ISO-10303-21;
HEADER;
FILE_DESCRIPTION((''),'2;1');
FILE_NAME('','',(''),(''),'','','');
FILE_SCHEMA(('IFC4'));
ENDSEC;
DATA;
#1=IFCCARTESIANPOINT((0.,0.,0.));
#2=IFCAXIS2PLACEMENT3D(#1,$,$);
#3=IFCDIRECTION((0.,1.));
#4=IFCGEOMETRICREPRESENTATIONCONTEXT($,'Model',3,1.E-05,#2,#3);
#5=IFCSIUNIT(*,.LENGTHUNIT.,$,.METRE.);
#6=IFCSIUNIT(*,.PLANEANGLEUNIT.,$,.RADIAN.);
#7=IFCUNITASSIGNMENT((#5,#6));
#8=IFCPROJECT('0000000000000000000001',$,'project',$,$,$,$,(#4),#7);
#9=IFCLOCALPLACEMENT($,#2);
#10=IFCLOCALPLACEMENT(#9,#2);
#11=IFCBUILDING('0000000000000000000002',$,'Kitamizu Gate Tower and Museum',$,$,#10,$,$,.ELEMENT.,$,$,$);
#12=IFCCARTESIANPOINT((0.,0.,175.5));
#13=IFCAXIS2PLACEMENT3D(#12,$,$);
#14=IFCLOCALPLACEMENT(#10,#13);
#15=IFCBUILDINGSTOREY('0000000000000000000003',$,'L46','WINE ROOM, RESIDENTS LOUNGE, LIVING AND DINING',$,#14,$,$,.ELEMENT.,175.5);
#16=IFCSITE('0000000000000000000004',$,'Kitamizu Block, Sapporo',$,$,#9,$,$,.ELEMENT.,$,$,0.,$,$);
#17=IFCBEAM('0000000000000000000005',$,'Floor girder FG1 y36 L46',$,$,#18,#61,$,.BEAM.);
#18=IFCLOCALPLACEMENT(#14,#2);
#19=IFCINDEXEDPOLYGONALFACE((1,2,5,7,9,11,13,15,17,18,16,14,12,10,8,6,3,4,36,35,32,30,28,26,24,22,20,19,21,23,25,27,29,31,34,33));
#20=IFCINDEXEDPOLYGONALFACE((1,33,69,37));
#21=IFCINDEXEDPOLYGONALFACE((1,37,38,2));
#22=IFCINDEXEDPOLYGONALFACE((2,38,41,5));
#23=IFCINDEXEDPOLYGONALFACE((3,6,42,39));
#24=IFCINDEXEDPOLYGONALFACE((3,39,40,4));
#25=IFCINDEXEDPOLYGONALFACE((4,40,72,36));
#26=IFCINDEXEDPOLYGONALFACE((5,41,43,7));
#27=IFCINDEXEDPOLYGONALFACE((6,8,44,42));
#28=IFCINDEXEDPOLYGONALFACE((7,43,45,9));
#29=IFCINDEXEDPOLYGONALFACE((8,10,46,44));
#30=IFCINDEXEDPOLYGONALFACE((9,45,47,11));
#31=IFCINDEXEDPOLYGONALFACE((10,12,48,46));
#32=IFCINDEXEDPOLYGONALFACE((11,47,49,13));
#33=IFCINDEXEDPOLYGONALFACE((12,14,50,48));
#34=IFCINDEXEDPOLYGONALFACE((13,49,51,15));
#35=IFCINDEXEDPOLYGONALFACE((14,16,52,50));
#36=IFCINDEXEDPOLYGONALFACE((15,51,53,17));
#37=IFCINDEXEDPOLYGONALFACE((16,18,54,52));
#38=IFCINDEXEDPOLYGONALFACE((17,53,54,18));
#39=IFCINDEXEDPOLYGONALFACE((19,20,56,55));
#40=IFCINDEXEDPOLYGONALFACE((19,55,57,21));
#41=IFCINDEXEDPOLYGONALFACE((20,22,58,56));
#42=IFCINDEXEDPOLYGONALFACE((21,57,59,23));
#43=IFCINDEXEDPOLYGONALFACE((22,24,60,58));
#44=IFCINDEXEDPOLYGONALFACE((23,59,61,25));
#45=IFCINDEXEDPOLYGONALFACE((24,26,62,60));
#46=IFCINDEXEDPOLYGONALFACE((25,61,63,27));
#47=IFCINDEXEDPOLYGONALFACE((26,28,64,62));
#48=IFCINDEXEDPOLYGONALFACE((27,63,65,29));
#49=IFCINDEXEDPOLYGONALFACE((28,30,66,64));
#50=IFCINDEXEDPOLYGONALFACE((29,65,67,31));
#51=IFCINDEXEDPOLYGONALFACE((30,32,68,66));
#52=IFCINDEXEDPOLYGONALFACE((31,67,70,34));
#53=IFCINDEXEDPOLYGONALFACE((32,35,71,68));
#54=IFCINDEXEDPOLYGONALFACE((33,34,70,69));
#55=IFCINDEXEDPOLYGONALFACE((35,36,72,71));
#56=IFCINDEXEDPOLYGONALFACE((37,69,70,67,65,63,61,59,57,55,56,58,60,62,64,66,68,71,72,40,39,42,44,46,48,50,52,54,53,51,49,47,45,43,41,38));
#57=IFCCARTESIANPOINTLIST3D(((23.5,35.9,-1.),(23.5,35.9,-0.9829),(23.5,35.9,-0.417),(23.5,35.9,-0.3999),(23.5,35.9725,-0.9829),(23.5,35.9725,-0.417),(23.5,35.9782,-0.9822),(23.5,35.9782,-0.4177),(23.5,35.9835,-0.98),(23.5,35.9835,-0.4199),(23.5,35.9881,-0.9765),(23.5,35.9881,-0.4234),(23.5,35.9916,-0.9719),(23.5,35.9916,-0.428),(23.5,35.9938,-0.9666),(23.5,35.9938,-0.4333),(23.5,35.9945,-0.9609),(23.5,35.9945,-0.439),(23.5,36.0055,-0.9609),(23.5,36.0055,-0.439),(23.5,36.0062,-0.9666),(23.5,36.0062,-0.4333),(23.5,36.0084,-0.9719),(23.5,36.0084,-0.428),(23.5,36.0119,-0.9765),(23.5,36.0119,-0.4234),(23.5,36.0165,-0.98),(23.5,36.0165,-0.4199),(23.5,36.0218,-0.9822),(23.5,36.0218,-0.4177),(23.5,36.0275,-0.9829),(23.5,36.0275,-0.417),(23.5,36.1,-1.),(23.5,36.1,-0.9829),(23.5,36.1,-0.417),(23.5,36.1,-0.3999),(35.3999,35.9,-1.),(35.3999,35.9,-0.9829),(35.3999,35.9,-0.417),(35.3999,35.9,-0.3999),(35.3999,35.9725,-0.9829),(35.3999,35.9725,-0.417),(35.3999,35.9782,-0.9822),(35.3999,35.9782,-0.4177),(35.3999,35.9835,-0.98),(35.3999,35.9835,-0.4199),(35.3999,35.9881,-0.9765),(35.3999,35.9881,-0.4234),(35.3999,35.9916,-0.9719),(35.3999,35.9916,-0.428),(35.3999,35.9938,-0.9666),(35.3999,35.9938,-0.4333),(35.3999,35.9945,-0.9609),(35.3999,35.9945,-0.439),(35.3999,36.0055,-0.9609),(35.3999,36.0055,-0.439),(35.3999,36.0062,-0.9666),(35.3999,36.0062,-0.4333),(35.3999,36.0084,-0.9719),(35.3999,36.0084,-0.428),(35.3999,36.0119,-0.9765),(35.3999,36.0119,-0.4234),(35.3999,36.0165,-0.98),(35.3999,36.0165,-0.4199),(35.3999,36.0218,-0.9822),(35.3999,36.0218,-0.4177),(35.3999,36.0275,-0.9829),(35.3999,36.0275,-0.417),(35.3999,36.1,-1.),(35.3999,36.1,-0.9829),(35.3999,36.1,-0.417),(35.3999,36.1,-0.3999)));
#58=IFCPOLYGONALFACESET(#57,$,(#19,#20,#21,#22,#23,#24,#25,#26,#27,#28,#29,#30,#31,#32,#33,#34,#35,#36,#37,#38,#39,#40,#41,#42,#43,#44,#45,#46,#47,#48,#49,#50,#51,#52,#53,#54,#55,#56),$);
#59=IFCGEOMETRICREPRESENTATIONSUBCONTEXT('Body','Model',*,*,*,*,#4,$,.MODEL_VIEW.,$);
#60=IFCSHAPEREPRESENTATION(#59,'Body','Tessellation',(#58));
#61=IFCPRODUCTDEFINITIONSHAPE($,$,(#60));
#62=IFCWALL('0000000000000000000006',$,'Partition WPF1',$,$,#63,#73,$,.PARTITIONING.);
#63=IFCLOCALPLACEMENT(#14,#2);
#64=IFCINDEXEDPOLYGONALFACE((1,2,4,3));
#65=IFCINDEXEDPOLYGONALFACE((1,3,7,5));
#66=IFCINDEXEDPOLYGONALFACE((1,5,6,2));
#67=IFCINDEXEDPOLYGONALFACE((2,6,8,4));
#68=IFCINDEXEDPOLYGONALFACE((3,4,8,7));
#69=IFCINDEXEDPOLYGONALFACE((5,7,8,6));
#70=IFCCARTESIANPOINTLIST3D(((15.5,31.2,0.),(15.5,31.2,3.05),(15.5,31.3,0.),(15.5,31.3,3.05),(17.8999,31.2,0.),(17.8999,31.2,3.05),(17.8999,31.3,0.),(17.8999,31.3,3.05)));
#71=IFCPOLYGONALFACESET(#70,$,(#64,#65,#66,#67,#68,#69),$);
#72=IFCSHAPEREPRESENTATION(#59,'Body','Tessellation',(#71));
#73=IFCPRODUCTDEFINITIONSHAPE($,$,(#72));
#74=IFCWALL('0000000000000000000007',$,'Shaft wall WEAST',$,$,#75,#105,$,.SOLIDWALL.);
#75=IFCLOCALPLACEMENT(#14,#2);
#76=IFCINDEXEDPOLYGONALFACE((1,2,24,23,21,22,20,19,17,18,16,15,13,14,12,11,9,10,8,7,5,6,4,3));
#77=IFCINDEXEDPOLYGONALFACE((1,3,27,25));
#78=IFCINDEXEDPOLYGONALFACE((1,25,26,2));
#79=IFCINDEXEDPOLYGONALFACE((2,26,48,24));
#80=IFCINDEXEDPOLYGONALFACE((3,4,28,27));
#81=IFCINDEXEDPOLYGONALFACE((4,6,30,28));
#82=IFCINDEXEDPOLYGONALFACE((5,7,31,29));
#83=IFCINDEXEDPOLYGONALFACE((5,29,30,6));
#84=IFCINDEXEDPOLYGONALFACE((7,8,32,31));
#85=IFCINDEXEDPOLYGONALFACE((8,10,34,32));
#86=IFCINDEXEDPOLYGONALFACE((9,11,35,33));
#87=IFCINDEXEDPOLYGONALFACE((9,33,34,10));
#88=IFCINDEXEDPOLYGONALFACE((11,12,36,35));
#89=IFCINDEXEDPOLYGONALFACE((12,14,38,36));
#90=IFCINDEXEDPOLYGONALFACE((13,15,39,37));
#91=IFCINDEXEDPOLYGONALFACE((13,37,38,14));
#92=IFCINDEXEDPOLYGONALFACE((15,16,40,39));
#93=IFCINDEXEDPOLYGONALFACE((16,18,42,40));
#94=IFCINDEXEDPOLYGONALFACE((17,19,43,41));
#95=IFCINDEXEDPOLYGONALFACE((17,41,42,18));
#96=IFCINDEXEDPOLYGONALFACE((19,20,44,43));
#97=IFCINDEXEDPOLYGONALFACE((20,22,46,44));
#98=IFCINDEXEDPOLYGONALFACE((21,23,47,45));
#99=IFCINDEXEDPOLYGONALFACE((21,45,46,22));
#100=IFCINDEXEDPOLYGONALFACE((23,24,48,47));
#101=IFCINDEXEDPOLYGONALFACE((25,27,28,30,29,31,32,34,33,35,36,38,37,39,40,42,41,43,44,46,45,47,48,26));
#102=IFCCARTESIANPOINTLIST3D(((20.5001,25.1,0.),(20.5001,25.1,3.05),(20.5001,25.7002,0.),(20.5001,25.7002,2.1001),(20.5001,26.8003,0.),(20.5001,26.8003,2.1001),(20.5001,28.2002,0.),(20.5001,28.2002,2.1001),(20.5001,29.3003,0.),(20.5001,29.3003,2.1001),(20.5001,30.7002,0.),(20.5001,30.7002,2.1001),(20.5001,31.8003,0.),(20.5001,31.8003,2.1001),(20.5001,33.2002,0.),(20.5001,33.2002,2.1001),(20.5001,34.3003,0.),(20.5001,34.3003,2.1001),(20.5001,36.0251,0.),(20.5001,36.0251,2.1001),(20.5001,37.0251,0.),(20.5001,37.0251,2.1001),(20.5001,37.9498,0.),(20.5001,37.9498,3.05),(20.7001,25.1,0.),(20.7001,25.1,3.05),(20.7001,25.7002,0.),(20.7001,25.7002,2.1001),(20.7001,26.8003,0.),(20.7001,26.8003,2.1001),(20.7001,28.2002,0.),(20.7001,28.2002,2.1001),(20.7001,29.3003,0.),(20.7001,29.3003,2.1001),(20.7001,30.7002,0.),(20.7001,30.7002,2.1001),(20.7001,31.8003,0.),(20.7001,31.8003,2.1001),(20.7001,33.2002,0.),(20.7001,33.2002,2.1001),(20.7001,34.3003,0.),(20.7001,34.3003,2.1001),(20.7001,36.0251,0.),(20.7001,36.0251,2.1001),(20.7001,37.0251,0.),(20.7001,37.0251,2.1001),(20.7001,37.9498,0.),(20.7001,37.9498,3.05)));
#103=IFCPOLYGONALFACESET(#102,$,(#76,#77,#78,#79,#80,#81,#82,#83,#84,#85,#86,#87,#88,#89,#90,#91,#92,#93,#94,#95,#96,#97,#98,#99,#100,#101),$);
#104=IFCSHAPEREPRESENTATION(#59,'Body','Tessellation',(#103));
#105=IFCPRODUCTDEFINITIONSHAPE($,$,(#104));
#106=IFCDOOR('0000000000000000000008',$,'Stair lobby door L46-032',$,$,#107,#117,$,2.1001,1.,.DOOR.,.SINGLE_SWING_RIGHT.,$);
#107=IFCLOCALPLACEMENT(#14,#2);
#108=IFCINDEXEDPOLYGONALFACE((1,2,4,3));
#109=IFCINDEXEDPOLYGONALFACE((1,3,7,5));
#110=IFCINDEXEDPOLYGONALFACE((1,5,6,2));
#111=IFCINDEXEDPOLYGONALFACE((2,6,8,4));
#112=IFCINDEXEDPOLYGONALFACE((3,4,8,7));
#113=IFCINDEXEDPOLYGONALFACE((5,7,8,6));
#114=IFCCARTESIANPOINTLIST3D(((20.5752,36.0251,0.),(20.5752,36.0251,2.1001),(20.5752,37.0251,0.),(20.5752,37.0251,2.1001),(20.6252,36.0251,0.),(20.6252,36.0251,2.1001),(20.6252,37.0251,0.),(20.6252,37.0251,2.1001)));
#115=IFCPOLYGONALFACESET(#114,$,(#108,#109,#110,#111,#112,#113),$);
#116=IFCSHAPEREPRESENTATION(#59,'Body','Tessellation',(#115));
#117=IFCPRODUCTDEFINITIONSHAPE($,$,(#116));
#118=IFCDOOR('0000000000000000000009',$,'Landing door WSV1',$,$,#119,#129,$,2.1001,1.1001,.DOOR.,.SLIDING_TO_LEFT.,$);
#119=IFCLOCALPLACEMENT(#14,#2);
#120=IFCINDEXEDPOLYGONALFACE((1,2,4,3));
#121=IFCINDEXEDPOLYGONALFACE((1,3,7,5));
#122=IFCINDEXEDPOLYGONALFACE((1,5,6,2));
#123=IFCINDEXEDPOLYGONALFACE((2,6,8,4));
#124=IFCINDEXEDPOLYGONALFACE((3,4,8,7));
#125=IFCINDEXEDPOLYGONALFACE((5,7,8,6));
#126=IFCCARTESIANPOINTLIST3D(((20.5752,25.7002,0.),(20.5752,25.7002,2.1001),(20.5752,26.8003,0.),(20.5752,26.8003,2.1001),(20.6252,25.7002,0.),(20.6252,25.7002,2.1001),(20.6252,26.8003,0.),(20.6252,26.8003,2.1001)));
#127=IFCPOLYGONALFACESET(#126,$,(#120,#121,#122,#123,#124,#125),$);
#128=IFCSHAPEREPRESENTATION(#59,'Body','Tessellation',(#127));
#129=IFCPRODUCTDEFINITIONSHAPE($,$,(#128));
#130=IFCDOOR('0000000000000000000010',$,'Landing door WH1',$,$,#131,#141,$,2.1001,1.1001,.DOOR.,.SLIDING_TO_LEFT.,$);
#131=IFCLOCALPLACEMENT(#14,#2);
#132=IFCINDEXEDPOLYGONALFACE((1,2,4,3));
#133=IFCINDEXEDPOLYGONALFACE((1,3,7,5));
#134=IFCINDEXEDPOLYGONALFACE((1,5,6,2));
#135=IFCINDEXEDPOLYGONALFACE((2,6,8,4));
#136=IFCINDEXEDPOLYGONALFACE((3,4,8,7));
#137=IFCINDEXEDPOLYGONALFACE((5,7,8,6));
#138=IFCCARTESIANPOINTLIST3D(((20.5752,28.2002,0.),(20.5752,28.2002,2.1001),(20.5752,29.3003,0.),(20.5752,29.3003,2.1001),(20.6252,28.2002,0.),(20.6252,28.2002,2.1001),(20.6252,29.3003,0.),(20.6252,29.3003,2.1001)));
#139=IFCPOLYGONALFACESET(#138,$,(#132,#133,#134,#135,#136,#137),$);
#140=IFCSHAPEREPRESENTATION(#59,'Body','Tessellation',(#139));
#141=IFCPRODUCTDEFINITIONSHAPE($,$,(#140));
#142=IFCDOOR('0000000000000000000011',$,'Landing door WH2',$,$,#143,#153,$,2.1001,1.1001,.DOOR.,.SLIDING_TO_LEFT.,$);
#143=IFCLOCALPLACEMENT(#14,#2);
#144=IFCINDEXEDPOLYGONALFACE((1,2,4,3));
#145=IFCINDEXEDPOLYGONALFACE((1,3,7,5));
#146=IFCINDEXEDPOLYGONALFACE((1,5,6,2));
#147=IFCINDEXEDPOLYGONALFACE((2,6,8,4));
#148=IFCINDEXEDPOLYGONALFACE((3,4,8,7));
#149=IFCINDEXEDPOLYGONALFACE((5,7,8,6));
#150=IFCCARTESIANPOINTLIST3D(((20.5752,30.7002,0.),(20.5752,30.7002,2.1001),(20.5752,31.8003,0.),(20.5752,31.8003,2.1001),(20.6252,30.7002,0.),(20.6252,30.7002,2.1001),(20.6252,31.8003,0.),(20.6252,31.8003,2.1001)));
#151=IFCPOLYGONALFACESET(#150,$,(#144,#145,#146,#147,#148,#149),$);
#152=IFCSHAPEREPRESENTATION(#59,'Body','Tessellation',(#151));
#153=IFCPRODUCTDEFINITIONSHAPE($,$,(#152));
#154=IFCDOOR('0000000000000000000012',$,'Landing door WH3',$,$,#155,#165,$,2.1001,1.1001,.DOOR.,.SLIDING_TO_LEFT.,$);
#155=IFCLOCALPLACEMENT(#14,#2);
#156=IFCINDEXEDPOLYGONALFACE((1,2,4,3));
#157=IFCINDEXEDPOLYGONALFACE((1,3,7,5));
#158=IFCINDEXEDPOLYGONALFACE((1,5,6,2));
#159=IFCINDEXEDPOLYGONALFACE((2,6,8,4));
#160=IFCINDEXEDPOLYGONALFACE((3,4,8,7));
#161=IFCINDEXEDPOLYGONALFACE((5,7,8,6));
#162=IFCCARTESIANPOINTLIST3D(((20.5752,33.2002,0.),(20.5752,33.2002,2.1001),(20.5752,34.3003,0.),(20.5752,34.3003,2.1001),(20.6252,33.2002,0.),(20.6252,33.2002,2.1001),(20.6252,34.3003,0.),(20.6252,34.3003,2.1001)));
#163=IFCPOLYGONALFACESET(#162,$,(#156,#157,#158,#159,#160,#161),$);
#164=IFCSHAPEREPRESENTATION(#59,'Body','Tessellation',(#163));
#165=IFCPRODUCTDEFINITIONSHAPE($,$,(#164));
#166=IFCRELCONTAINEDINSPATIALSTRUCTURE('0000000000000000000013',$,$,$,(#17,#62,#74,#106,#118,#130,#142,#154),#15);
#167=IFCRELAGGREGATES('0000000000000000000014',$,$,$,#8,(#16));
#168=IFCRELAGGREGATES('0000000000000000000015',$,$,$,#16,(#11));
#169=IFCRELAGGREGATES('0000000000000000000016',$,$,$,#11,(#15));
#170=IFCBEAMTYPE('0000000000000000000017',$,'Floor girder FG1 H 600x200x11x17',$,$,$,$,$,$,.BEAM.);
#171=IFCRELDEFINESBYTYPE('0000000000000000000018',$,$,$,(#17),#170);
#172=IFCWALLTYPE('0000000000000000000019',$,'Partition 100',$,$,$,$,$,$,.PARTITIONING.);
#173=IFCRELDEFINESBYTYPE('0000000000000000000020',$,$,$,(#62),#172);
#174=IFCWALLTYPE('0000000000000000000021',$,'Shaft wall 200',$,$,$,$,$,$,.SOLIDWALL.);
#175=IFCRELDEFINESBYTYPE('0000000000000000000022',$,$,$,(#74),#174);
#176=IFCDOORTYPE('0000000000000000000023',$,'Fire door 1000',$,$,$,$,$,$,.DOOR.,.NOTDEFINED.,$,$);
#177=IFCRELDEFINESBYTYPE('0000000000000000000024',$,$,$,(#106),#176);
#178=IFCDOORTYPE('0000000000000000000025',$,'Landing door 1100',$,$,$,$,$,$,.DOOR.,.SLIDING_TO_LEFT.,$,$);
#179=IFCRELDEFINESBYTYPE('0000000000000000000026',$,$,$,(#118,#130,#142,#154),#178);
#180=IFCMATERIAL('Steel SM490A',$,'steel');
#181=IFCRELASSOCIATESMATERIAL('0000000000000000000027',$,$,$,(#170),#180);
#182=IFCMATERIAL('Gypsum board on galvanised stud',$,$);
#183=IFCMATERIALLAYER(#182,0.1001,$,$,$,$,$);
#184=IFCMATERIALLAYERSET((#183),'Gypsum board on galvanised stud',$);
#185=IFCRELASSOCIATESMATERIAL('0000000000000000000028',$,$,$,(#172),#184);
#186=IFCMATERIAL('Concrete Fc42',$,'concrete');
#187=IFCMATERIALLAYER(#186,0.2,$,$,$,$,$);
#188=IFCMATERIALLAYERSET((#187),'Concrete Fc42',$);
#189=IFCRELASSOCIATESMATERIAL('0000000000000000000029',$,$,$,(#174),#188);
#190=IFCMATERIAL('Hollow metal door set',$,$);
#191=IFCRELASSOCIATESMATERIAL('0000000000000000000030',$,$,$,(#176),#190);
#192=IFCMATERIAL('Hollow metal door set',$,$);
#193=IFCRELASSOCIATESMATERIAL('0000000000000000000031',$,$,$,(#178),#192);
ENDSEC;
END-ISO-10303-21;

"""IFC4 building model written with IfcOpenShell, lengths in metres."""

from ifc_helpers import new_model, si_unit, direction, frame, frame_2d, origin, origin_2d, place, context, subcontext, project, spatial, rectangle, i_section, extrude, material, layer, layer_set, material_profile, profile_set, type_object, element, fill, save


model = new_model("IFC4")

# Units and contexts
model_context = context("Model", 3, precision=1e-05, world=origin(), true_north=direction((0.0, 1.0)))
body_context = subcontext(model_context, "Body", "Model", "MODEL_VIEW")
ifc_project = project(units=[si_unit("LENGTHUNIT", "METRE"), si_unit("PLANEANGLEUNIT", "RADIAN")], contexts=[model_context])

# Site, building, storey
site_placement = place(None, origin())
site = spatial("IfcSite", under=ifc_project, at=site_placement, Name="Kitamizu Block, Sapporo", CompositionType="ELEMENT", RefElevation=0.0)
building_placement = place(site_placement, origin())
building = spatial("IfcBuilding", under=site, at=building_placement, Name="Kitamizu Gate Tower and Museum", CompositionType="ELEMENT")
storey_placement = place(building_placement, frame((0.0, 0.0, 175.5)))
storey = spatial("IfcBuildingStorey", under=building, at=storey_placement, Name="L46", Description="WINE ROOM, RESIDENTS LOUNGE, LIVING AND DINING", CompositionType="ELEMENT", Elevation=175.5)

# Beam
ifc_material_1 = material(Name="Steel SM490A", Category="steel")
ifc_material_profile = material_profile(ifc_material_1, i_section(OverallWidth=0.2, OverallDepth=0.6001, WebThickness=0.011, FlangeThickness=0.0171, FilletRadius=0.022, at=origin_2d()), Name="H-600x200x11x17")
ifc_profile_set = profile_set([ifc_material_profile], Name="Steel SM490A")
beam_type = type_object("IfcBeamType", Name="Floor girder FG1 H 600x200x11x17", PredefinedType="BEAM", material=ifc_profile_set)
beam_placement = place(storey_placement, frame((23.5, 36.0, -0.7), z_axis=(1.0, 0.0, 0.0), x_axis=(0.0, 1.0, 0.0)))
element("IfcBeam", 1, at=beam_placement, inside=storey, type_object=beam_type, Name="Floor girder FG1 y36 L46", PredefinedType="BEAM", context=body_context, shape_type="SweptSolid", body=[
    extrude(i_section(OverallWidth=0.2, OverallDepth=0.6001, WebThickness=0.011, FlangeThickness=0.0171, FilletRadius=0.022, at=origin_2d()), origin(), (0.0, 0.0, 1.0), 11.8999),
])

# Wall
ifc_material_2 = material(Name="Gypsum board on galvanised stud")
ifc_layer_1 = layer(ifc_material_2, 0.1001)
ifc_layer_set_1 = layer_set([ifc_layer_1], Name="Gypsum board on galvanised stud")
wall_type_1 = type_object("IfcWallType", Name="Partition 100", PredefinedType="PARTITIONING", material=ifc_layer_set_1)
wall_1_placement = place(storey_placement, frame((15.5, 31.25, 0.0), z_axis=(0.0, 0.0, 1.0), x_axis=(1.0, 0.0, 0.0)))
element("IfcWall", 2, at=wall_1_placement, inside=storey, type_object=wall_type_1, Name="Partition WPF1", PredefinedType="PARTITIONING", context=body_context, shape_type="SweptSolid", body=[
    extrude(rectangle(XDim=2.3999, YDim=0.1001, at=frame_2d((1.2, 0.0))), origin(), (0.0, 0.0, 1.0), 3.05),
])

# Wall, openings, doors
ifc_material_3 = material(Name="Concrete Fc42", Category="concrete")
ifc_layer_2 = layer(ifc_material_3, 0.2)
ifc_layer_set_2 = layer_set([ifc_layer_2], Name="Concrete Fc42")
wall_type_2 = type_object("IfcWallType", Name="Shaft wall 200", PredefinedType="SOLIDWALL", material=ifc_layer_set_2)
wall_2_placement = place(storey_placement, frame((20.6001, 25.1001, 0.0), z_axis=(0.0, 0.0, 1.0), x_axis=(0.0, 1.0, 0.0)))
wall_2 = element("IfcWall", 3, at=wall_2_placement, inside=storey, type_object=wall_type_2, Name="Shaft wall WEAST", PredefinedType="SOLIDWALL", context=body_context, shape_type="SweptSolid", body=[
    extrude(rectangle(XDim=12.8499, YDim=0.2, at=frame_2d((6.4248, 0.0))), origin(), (0.0, 0.0, 1.0), 3.05),
])
opening_1_placement = place(wall_2_placement, frame((0.6001, 0.0, 0.0)))
opening_1 = element("IfcOpeningElement", 4, at=opening_1_placement, cuts=wall_2, PredefinedType="OPENING", context=body_context, shape_type="SweptSolid", body=[
    extrude(rectangle(XDim=1.1001, YDim=2.1001, at=frame_2d((0.55, 1.05))), frame((0.0, 0.1099, 0.0), z_axis=(0.0, -1.0, 0.0), x_axis=(1.0, 0.0, 0.0)), (0.0, 0.0, 1.0), 0.22),
])
opening_2_placement = place(wall_2_placement, frame((3.1001, 0.0, 0.0)))
opening_2 = element("IfcOpeningElement", 5, at=opening_2_placement, cuts=wall_2, PredefinedType="OPENING", context=body_context, shape_type="SweptSolid", body=[
    extrude(rectangle(XDim=1.1001, YDim=2.1001, at=frame_2d((0.55, 1.05))), frame((0.0, 0.1099, 0.0), z_axis=(0.0, -1.0, 0.0), x_axis=(1.0, 0.0, 0.0)), (0.0, 0.0, 1.0), 0.22),
])
opening_3_placement = place(wall_2_placement, frame((5.6001, 0.0, 0.0)))
opening_3 = element("IfcOpeningElement", 6, at=opening_3_placement, cuts=wall_2, PredefinedType="OPENING", context=body_context, shape_type="SweptSolid", body=[
    extrude(rectangle(XDim=1.1001, YDim=2.1001, at=frame_2d((0.55, 1.05))), frame((0.0, 0.1099, 0.0), z_axis=(0.0, -1.0, 0.0), x_axis=(1.0, 0.0, 0.0)), (0.0, 0.0, 1.0), 0.22),
])
opening_4_placement = place(wall_2_placement, frame((8.1001, 0.0, 0.0)))
opening_4 = element("IfcOpeningElement", 7, at=opening_4_placement, cuts=wall_2, PredefinedType="OPENING", context=body_context, shape_type="SweptSolid", body=[
    extrude(rectangle(XDim=1.1001, YDim=2.1001, at=frame_2d((0.55, 1.05))), frame((0.0, 0.1099, 0.0), z_axis=(0.0, -1.0, 0.0), x_axis=(1.0, 0.0, 0.0)), (0.0, 0.0, 1.0), 0.22),
])
opening_5_placement = place(wall_2_placement, frame((10.925, 0.0, 0.0)))
opening_5 = element("IfcOpeningElement", 8, at=opening_5_placement, cuts=wall_2, PredefinedType="OPENING", context=body_context, shape_type="SweptSolid", body=[
    extrude(rectangle(XDim=1.0, YDim=2.1001, at=frame_2d((0.5, 1.05))), frame((0.0, 0.1099, 0.0), z_axis=(0.0, -1.0, 0.0), x_axis=(1.0, 0.0, 0.0)), (0.0, 0.0, 1.0), 0.22),
])
ifc_material_4 = material(Name="Hollow metal door set")
door_type_1 = type_object("IfcDoorType", Name="Fire door 1000", OperationType="NOTDEFINED", PredefinedType="DOOR", material=ifc_material_4)
door_1_placement = place(opening_5_placement, origin())
door_1 = element("IfcDoor", 9, at=door_1_placement, inside=storey, type_object=door_type_1, Name="Stair lobby door L46-032", OperationType="SINGLE_SWING_RIGHT", OverallHeight=2.1001, OverallWidth=1.0, PredefinedType="DOOR", context=body_context, shape_type="SweptSolid", body=[
    extrude(rectangle(XDim=1.0, YDim=2.1001, at=frame_2d((0.5, 1.05))), frame((0.0, 0.0249, 0.0), z_axis=(0.0, -1.0, 0.0), x_axis=(1.0, 0.0, 0.0)), (0.0, 0.0, 1.0), 0.05),
])
fill(opening_5, door_1)
ifc_material_5 = material(Name="Hollow metal door set")
door_type_2 = type_object("IfcDoorType", Name="Landing door 1100", OperationType="SLIDING_TO_LEFT", PredefinedType="DOOR", material=ifc_material_5)
door_2_placement = place(opening_1_placement, origin())
door_2 = element("IfcDoor", 10, at=door_2_placement, inside=storey, type_object=door_type_2, Name="Landing door WSV1", OperationType="SLIDING_TO_LEFT", OverallHeight=2.1001, OverallWidth=1.1001, PredefinedType="DOOR", context=body_context, shape_type="SweptSolid", body=[
    extrude(rectangle(XDim=1.1001, YDim=2.1001, at=frame_2d((0.55, 1.05))), frame((0.0, 0.0249, 0.0), z_axis=(0.0, -1.0, 0.0), x_axis=(1.0, 0.0, 0.0)), (0.0, 0.0, 1.0), 0.05),
])
fill(opening_1, door_2)
door_3_placement = place(opening_2_placement, origin())
door_3 = element("IfcDoor", 11, at=door_3_placement, inside=storey, type_object=door_type_2, Name="Landing door WH1", OperationType="SLIDING_TO_LEFT", OverallHeight=2.1001, OverallWidth=1.1001, PredefinedType="DOOR", context=body_context, shape_type="SweptSolid", body=[
    extrude(rectangle(XDim=1.1001, YDim=2.1001, at=frame_2d((0.55, 1.05))), frame((0.0, 0.0249, 0.0), z_axis=(0.0, -1.0, 0.0), x_axis=(1.0, 0.0, 0.0)), (0.0, 0.0, 1.0), 0.05),
])
fill(opening_2, door_3)
door_4_placement = place(opening_3_placement, origin())
door_4 = element("IfcDoor", 12, at=door_4_placement, inside=storey, type_object=door_type_2, Name="Landing door WH2", OperationType="SLIDING_TO_LEFT", OverallHeight=2.1001, OverallWidth=1.1001, PredefinedType="DOOR", context=body_context, shape_type="SweptSolid", body=[
    extrude(rectangle(XDim=1.1001, YDim=2.1001, at=frame_2d((0.55, 1.05))), frame((0.0, 0.0249, 0.0), z_axis=(0.0, -1.0, 0.0), x_axis=(1.0, 0.0, 0.0)), (0.0, 0.0, 1.0), 0.05),
])
fill(opening_3, door_4)
door_5_placement = place(opening_4_placement, origin())
door_5 = element("IfcDoor", 13, at=door_5_placement, inside=storey, type_object=door_type_2, Name="Landing door WH3", OperationType="SLIDING_TO_LEFT", OverallHeight=2.1001, OverallWidth=1.1001, PredefinedType="DOOR", context=body_context, shape_type="SweptSolid", body=[
    extrude(rectangle(XDim=1.1001, YDim=2.1001, at=frame_2d((0.55, 1.05))), frame((0.0, 0.0249, 0.0), z_axis=(0.0, -1.0, 0.0), x_axis=(1.0, 0.0, 0.0)), (0.0, 0.0, 1.0), 0.05),
])
fill(opening_4, door_5)

save(model, "model.ifc")
